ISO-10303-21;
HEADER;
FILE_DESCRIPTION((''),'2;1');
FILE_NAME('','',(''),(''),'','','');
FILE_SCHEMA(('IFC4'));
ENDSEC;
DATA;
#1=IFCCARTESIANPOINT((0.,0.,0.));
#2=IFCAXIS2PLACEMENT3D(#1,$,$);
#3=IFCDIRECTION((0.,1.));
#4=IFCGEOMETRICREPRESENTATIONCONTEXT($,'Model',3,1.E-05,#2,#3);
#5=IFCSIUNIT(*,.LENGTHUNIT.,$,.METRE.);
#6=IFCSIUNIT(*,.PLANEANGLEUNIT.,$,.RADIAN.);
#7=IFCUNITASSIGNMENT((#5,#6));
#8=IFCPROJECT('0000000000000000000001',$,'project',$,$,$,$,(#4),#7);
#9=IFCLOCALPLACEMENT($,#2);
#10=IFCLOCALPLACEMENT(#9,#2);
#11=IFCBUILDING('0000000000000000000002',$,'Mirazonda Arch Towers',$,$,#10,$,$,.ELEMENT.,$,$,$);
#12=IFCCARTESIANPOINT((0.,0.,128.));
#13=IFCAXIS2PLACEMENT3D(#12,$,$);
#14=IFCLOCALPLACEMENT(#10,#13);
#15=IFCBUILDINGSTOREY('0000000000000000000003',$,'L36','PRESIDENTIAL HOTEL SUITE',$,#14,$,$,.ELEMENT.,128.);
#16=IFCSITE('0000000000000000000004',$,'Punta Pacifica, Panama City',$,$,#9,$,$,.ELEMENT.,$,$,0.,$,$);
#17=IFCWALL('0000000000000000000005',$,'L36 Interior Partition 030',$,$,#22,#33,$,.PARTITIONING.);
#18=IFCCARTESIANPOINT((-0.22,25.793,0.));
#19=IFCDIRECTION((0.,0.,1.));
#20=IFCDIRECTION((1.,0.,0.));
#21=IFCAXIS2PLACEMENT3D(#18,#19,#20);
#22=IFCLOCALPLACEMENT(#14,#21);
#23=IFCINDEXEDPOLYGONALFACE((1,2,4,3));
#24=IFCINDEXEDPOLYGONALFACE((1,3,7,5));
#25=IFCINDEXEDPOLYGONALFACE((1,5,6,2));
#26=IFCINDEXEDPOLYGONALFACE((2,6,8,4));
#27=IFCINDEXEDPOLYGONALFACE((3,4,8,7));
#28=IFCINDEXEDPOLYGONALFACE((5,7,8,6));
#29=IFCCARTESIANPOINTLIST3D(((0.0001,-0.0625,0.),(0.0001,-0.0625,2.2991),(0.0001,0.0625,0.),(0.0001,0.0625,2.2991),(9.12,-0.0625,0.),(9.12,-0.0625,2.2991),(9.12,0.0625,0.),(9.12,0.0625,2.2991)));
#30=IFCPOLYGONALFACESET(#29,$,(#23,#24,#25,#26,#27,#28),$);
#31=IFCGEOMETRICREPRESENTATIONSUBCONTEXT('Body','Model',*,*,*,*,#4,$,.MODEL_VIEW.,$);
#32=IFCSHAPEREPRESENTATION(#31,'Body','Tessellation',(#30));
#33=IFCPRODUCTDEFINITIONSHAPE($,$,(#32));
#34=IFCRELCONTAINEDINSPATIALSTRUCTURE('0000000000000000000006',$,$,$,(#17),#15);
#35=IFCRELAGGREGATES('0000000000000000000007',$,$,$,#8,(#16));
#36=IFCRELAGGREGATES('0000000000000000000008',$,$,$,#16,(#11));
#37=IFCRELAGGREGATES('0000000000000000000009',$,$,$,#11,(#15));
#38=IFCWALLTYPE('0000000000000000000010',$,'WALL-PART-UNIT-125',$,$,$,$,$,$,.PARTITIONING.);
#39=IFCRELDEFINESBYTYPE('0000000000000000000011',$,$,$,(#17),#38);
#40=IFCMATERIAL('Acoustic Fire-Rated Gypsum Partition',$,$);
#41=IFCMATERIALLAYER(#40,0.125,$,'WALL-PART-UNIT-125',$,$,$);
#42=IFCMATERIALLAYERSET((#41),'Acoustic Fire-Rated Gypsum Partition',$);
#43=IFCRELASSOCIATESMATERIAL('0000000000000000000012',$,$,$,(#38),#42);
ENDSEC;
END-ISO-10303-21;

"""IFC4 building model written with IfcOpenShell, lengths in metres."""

from ifc_helpers import new_model, si_unit, direction, frame, frame_2d, origin, place, context, subcontext, project, spatial, rectangle, extrude, material, layer, layer_set, type_object, element, save


model = new_model("IFC4")

# Units and contexts
model_context = context("Model", 3, precision=1e-05, world=origin(), true_north=direction((0.0, 1.0)))
body_context = subcontext(model_context, "Body", "Model", "MODEL_VIEW")
ifc_project = project(units=[si_unit("LENGTHUNIT", "METRE"), si_unit("PLANEANGLEUNIT", "RADIAN")], contexts=[model_context])

# Site, building, storey
site_placement = place(None, origin())
site = spatial("IfcSite", under=ifc_project, at=site_placement, Name="Punta Pacifica, Panama City", CompositionType="ELEMENT", RefElevation=0.0)
building_placement = place(site_placement, origin())
building = spatial("IfcBuilding", under=site, at=building_placement, Name="Mirazonda Arch Towers", CompositionType="ELEMENT")
storey_placement = place(building_placement, frame((0.0, 0.0, 128.0)))
storey = spatial("IfcBuildingStorey", under=building, at=storey_placement, Name="L36", Description="PRESIDENTIAL HOTEL SUITE", CompositionType="ELEMENT", Elevation=128.0)

# Wall
ifc_material_1 = material(Name="Acoustic Fire-Rated Gypsum Partition")
ifc_layer_1 = layer(ifc_material_1, 0.125, Name="WALL-PART-UNIT-125")
ifc_layer_set_1 = layer_set([ifc_layer_1], Name="Acoustic Fire-Rated Gypsum Partition")
wall_type_1 = type_object("IfcWallType", Name="WALL-PART-UNIT-125", PredefinedType="PARTITIONING", material=ifc_layer_set_1)
wall_1_placement = place(storey_placement, frame((-0.22, 25.793, 0.0), z_axis=(0.0, 0.0, 1.0), x_axis=(1.0, 0.0, 0.0)))
element("IfcWall", 1, at=wall_1_placement, inside=storey, type_object=wall_type_1, Name="L36 Interior Partition 030", PredefinedType="PARTITIONING", context=body_context, shape_type="SweptSolid", body=[
    extrude(rectangle(XDim=9.1199, YDim=0.125, at=frame_2d((4.5601, 0.0))), origin(), (0.0, 0.0, 1.0), 2.2991),
])

save(model, "model.ifc")
